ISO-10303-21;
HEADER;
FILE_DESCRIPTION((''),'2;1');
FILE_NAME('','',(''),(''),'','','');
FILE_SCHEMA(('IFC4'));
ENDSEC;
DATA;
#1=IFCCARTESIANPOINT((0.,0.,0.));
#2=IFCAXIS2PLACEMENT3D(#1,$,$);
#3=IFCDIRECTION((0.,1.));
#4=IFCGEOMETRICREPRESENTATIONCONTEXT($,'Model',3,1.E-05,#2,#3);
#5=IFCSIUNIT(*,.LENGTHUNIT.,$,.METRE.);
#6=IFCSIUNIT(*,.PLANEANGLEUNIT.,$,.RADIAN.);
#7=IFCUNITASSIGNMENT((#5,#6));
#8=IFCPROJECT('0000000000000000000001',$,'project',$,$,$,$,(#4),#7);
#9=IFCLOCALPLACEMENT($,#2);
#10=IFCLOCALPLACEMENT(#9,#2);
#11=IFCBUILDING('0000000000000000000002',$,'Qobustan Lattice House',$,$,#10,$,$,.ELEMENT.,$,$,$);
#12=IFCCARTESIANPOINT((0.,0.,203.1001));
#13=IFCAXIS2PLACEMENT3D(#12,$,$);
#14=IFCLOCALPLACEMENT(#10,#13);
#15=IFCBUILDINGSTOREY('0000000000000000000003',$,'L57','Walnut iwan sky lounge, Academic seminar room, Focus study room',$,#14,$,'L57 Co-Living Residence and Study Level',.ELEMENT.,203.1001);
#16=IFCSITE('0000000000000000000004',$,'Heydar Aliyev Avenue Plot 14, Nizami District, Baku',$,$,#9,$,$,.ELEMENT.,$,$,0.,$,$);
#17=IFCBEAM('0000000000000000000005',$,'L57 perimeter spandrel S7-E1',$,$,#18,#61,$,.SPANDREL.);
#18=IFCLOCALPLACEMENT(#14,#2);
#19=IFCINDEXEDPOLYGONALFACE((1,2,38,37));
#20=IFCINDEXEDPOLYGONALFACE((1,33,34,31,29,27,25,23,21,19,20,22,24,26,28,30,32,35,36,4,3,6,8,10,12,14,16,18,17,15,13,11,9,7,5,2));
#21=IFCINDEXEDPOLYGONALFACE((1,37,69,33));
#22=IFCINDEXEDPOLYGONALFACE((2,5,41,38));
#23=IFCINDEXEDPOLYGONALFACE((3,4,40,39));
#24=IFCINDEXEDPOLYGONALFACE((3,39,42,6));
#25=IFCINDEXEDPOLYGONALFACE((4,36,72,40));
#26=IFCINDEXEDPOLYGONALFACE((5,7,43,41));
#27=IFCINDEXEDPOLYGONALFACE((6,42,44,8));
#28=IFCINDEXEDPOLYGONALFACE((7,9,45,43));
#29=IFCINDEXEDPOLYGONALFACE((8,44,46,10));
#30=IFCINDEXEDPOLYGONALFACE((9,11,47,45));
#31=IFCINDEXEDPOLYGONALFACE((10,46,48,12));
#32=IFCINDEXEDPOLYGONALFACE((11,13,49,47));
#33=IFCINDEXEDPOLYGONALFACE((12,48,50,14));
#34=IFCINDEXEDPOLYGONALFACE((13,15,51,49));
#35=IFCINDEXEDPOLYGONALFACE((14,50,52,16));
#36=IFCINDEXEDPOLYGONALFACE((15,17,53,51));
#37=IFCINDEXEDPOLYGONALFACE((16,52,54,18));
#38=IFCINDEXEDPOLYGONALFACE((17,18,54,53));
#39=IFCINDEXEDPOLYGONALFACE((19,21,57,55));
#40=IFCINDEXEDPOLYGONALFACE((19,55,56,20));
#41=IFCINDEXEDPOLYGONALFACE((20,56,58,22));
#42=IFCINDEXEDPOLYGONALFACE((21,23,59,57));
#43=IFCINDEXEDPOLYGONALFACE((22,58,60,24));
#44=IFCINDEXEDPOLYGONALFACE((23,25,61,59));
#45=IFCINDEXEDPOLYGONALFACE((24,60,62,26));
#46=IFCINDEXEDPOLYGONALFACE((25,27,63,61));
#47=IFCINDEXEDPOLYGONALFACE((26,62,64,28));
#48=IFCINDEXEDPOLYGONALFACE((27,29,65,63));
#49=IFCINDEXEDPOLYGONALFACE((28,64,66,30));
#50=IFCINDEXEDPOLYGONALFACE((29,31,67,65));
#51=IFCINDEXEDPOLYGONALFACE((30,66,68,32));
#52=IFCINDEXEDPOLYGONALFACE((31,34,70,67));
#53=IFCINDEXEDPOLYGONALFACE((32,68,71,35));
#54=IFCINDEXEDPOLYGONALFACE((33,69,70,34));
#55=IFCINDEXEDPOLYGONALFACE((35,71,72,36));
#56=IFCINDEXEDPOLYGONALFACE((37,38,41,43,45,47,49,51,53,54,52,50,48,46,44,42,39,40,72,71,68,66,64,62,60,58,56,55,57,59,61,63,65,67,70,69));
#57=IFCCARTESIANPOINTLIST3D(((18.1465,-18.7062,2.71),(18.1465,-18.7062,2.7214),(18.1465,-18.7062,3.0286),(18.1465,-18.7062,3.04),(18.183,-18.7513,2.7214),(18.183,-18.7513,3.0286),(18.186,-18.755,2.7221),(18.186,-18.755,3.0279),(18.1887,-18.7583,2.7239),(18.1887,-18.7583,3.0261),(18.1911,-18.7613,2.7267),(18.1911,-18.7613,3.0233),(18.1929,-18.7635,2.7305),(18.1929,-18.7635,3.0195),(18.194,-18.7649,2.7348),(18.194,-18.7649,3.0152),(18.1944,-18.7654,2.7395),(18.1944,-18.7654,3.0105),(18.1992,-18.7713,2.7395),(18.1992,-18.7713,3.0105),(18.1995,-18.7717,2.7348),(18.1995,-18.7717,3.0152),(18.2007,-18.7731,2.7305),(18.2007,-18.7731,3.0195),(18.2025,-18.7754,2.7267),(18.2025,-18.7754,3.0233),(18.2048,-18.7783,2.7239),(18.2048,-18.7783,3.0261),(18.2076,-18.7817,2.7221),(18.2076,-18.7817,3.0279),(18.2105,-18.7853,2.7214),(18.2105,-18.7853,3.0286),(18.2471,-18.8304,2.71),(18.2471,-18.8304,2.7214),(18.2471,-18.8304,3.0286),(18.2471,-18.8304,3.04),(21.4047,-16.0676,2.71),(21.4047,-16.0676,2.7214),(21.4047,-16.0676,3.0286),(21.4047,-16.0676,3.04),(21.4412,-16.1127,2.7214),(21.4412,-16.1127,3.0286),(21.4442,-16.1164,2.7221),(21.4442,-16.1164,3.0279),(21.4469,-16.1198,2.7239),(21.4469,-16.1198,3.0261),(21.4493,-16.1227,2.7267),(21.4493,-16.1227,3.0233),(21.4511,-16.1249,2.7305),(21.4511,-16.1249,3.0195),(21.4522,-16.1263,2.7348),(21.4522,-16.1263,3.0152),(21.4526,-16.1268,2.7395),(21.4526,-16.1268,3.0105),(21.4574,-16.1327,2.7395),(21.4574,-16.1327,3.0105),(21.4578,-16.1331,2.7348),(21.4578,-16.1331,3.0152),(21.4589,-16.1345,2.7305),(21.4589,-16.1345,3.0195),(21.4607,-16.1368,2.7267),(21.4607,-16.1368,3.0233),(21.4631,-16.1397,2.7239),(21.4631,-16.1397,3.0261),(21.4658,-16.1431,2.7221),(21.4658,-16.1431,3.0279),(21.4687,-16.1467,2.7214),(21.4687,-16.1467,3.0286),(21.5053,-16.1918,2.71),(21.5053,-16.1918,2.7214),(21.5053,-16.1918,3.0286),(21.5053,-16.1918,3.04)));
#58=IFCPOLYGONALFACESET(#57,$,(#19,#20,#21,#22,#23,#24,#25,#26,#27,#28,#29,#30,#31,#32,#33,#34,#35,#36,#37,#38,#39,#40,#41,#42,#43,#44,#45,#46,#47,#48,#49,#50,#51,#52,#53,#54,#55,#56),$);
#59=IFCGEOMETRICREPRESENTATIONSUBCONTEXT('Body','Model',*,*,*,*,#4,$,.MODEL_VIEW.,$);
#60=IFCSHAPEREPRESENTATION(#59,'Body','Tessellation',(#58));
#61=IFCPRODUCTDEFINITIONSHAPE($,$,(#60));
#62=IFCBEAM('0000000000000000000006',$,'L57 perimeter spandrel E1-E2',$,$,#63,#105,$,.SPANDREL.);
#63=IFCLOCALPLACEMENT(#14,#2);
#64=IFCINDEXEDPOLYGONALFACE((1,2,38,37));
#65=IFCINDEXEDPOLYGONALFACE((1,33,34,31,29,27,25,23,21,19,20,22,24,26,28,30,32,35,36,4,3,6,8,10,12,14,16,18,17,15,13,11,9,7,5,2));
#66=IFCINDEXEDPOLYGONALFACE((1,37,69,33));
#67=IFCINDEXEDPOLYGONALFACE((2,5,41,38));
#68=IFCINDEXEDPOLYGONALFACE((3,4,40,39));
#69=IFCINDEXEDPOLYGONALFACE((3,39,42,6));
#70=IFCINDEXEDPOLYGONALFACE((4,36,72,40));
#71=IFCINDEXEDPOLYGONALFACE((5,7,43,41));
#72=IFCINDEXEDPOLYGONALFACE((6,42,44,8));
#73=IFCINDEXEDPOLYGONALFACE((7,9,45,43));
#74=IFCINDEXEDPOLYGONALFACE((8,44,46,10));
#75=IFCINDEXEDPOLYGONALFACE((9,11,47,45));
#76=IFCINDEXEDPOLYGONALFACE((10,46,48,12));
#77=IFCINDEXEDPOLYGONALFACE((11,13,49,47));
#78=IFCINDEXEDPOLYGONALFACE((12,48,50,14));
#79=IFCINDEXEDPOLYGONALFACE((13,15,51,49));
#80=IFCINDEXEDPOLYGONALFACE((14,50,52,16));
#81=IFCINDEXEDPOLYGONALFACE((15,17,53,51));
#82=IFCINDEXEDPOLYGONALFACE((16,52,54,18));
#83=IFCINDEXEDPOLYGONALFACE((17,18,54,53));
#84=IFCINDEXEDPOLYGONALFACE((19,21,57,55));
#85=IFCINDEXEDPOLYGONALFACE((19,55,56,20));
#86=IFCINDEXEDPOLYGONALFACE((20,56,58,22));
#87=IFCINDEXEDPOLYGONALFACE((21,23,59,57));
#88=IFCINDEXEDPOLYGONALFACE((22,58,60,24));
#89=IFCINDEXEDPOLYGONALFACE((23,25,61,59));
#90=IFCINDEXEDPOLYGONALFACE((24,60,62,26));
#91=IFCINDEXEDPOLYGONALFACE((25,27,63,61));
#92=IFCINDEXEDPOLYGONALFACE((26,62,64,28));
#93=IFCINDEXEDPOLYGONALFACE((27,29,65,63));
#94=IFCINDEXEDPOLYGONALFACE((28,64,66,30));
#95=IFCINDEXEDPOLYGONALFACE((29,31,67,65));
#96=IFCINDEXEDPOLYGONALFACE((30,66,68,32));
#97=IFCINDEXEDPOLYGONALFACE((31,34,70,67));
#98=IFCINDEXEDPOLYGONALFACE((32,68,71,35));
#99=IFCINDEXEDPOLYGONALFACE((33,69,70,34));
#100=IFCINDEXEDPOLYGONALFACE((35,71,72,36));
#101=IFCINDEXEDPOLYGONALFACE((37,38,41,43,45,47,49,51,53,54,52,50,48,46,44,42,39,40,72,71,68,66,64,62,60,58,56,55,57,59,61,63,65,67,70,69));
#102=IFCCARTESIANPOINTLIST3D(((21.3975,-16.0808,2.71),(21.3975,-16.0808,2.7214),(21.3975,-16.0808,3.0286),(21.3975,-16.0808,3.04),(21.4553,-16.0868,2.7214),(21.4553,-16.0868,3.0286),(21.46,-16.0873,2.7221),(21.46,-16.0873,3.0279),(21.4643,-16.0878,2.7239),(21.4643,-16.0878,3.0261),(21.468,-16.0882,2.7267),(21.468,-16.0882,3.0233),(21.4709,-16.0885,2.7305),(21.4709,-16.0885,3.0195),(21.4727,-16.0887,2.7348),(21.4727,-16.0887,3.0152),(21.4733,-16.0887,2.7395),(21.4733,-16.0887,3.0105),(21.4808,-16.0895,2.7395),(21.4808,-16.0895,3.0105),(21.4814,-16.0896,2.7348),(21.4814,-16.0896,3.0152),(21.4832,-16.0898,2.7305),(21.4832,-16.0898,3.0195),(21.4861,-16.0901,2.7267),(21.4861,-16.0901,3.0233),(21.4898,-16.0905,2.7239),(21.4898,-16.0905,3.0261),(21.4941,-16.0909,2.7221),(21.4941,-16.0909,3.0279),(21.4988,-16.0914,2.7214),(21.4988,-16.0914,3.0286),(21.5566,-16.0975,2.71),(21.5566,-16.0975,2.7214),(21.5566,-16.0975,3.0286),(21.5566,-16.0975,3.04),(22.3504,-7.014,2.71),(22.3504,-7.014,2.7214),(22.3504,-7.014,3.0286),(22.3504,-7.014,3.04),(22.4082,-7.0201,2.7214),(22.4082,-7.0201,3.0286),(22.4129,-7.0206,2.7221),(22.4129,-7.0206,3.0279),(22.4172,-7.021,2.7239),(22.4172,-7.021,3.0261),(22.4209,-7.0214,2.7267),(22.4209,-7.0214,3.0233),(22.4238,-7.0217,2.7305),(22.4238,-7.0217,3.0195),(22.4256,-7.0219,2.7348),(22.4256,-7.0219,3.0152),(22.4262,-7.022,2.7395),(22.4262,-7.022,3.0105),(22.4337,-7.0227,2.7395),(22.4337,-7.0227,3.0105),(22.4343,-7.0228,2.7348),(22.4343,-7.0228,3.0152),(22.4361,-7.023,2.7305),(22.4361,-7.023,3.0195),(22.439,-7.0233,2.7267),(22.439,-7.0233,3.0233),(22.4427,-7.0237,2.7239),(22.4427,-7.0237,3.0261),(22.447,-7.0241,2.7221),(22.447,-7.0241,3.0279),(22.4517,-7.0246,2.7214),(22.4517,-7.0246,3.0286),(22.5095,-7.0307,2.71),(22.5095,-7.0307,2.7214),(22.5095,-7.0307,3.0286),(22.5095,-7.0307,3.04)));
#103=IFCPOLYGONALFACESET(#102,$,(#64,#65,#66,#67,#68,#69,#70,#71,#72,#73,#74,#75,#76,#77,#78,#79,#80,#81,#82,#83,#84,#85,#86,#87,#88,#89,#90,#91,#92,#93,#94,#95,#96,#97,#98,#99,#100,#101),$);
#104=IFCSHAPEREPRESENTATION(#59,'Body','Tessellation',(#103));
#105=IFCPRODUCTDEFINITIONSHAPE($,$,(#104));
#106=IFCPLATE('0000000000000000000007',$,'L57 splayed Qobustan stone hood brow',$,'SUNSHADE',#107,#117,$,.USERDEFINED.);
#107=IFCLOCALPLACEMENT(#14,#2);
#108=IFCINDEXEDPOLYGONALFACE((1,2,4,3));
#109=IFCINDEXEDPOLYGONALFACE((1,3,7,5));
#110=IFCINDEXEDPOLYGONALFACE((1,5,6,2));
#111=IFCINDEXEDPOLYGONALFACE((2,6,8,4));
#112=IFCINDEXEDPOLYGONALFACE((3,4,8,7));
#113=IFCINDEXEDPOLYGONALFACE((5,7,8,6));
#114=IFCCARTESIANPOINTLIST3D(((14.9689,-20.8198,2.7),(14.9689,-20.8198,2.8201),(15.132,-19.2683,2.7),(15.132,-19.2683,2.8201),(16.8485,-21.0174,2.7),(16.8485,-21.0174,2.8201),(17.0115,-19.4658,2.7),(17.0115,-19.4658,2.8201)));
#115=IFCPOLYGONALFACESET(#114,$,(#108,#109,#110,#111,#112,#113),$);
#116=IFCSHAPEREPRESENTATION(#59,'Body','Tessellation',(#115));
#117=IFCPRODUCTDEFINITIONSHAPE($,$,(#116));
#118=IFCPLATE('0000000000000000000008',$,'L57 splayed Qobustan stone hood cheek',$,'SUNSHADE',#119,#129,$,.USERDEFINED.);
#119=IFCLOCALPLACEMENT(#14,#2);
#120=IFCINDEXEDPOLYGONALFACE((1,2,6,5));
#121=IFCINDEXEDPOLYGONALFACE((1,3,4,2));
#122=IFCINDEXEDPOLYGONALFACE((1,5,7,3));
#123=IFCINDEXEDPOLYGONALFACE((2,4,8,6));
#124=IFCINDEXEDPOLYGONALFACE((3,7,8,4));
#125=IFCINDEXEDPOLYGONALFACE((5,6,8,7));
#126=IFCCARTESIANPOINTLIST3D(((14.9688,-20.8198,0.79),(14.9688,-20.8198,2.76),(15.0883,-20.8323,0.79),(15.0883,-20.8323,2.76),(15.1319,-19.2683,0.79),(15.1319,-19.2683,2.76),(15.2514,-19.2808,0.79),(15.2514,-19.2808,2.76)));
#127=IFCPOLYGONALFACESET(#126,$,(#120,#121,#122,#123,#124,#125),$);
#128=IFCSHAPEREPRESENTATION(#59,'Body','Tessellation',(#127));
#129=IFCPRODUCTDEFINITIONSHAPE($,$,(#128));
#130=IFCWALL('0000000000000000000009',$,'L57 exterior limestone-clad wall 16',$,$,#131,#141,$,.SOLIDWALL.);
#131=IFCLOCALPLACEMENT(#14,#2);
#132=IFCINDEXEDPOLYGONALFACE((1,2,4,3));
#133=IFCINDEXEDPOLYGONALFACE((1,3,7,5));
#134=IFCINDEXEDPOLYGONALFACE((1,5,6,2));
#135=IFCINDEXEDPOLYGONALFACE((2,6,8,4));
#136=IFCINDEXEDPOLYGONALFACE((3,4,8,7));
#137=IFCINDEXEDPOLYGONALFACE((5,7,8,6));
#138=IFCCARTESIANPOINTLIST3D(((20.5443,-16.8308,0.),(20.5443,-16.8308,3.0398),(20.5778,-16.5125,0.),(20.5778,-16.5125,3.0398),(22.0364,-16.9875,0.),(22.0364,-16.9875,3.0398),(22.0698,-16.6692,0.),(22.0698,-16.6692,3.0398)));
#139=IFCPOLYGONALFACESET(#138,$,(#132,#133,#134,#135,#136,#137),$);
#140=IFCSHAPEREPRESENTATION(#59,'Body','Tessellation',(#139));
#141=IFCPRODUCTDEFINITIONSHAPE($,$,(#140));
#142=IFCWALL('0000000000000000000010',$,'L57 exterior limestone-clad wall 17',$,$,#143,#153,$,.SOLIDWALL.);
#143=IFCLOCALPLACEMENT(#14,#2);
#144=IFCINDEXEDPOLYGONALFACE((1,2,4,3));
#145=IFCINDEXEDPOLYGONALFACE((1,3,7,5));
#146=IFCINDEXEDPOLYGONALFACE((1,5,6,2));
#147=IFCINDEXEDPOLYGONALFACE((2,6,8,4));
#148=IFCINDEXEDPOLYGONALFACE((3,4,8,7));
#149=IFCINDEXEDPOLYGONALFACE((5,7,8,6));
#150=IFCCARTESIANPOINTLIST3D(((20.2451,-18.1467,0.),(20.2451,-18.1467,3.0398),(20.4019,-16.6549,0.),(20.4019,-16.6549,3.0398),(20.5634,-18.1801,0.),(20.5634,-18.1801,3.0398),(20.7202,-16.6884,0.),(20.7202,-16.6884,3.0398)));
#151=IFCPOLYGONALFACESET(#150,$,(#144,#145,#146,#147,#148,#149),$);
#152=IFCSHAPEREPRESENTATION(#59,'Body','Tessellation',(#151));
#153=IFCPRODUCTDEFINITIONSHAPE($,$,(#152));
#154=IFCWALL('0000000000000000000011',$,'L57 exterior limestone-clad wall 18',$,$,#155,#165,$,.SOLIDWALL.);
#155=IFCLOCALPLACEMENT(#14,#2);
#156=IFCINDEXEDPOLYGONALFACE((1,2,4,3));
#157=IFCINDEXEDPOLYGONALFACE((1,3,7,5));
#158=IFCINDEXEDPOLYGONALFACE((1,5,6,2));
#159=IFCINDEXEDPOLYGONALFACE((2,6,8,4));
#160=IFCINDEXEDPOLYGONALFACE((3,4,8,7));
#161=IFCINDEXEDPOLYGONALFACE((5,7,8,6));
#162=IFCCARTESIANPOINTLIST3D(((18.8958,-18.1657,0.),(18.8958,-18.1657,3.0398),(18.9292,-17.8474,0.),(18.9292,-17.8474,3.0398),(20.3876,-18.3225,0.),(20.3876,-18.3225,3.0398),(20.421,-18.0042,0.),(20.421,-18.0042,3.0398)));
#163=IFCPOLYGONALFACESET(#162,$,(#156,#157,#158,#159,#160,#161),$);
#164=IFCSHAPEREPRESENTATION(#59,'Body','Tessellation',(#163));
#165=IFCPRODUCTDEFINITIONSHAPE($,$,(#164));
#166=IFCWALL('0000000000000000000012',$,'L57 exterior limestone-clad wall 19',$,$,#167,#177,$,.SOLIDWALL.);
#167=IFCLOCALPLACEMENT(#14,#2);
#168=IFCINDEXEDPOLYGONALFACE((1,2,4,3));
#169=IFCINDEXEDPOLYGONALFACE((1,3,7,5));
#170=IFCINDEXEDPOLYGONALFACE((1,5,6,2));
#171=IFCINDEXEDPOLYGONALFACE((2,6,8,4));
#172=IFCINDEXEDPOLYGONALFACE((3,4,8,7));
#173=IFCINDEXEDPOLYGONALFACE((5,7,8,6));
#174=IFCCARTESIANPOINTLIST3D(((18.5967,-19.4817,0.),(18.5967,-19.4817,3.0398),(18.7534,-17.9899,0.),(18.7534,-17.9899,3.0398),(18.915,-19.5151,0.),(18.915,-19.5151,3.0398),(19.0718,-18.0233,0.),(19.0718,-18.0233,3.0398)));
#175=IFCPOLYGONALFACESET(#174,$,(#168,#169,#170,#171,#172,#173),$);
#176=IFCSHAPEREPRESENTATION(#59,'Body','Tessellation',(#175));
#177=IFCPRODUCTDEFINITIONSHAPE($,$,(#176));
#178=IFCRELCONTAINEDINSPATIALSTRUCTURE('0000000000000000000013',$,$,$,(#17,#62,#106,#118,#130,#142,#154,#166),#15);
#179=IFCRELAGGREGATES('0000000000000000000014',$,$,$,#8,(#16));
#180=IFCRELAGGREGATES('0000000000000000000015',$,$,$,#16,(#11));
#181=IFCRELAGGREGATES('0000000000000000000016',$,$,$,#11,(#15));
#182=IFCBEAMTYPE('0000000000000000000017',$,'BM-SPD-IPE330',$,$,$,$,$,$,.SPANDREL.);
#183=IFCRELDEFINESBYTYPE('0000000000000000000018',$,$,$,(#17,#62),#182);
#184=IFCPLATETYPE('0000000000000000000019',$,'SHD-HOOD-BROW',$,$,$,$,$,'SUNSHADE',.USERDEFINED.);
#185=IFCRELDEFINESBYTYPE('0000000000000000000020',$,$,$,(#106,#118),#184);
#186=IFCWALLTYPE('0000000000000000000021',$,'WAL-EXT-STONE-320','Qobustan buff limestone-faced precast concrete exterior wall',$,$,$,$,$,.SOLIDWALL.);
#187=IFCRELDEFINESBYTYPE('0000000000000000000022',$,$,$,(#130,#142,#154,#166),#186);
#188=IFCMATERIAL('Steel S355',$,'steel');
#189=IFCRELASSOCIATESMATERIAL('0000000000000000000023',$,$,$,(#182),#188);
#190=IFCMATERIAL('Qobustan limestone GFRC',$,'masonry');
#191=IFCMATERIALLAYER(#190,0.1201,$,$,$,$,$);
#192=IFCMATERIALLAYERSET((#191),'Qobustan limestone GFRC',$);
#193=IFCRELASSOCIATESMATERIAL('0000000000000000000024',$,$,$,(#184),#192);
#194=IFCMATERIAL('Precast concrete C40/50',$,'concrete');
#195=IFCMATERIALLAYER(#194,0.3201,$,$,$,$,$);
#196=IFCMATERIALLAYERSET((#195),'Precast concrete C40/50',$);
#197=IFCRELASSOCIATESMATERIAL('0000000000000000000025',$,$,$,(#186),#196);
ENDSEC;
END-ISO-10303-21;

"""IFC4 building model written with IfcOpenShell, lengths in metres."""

from ifc_helpers import new_model, si_unit, direction, frame, frame_2d, origin, origin_2d, place, context, subcontext, project, spatial, rectangle, i_section, extrude, material, layer, layer_set, material_profile, profile_set, type_object, element, save


model = new_model("IFC4")

# Units and contexts
model_context = context("Model", 3, precision=1e-05, world=origin(), true_north=direction((0.0, 1.0)))
body_context = subcontext(model_context, "Body", "Model", "MODEL_VIEW")
ifc_project = project(units=[si_unit("LENGTHUNIT", "METRE"), si_unit("PLANEANGLEUNIT", "RADIAN")], contexts=[model_context])

# Site, building, storey
site_placement = place(None, origin())
site = spatial("IfcSite", under=ifc_project, at=site_placement, Name="Heydar Aliyev Avenue Plot 14, Nizami District, Baku", CompositionType="ELEMENT", RefElevation=0.0)
building_placement = place(site_placement, origin())
building = spatial("IfcBuilding", under=site, at=building_placement, Name="Qobustan Lattice House", CompositionType="ELEMENT")
storey_placement = place(building_placement, frame((0.0, 0.0, 203.1001)))
storey = spatial("IfcBuildingStorey", under=building, at=storey_placement, Name="L57", Description="Walnut iwan sky lounge, Academic seminar room, Focus study room", LongName="L57 Co-Living Residence and Study Level", CompositionType="ELEMENT", Elevation=203.1001)

# Beams
ifc_material_1 = material(Name="Steel S355", Category="steel")
ifc_material_profile_1 = material_profile(ifc_material_1, i_section(OverallWidth=0.1599, OverallDepth=0.3301, WebThickness=0.0076, FlangeThickness=0.0115, FilletRadius=0.0181, at=origin_2d()), Name="IPE330")
ifc_profile_set_1 = profile_set([ifc_material_profile_1], Name="Steel S355")
beam_type_1 = type_object("IfcBeamType", Name="BM-SPD-IPE330", PredefinedType="SPANDREL", material=ifc_profile_set_1)
beam_1_placement = place(storey_placement, frame((18.1968, -18.7683, 2.875), z_axis=(0.777128, 0.629342, 0.0), x_axis=(-0.629342, 0.777128, 0.0)))
element("IfcBeam", 1, at=beam_1_placement, inside=storey, type_object=beam_type_1, Name="L57 perimeter spandrel S7-E1", PredefinedType="SPANDREL", context=body_context, shape_type="SweptSolid", body=[
    extrude(i_section(OverallWidth=0.1599, OverallDepth=0.3301, WebThickness=0.0076, FlangeThickness=0.0115, FilletRadius=0.0181, at=origin_2d()), origin(), (0.0, 0.0, 1.0), 4.1926),
])
beam_2_placement = place(storey_placement, frame((21.4771, -16.0891, 2.875), z_axis=(0.104522, 0.994523, 0.0), x_axis=(-0.994523, 0.104522, 0.0)))
element("IfcBeam", 2, at=beam_2_placement, inside=storey, type_object=beam_type_1, Name="L57 perimeter spandrel E1-E2", PredefinedType="SPANDREL", context=body_context, shape_type="SweptSolid", body=[
    extrude(i_section(OverallWidth=0.1599, OverallDepth=0.3301, WebThickness=0.0076, FlangeThickness=0.0115, FilletRadius=0.0181, at=origin_2d()), origin(), (0.0, 0.0, 1.0), 9.1167),
])

# Plates
ifc_material_2 = material(Name="Qobustan limestone GFRC", Category="masonry")
ifc_layer_1 = layer(ifc_material_2, 0.1201)
ifc_layer_set_1 = layer_set([ifc_layer_1], Name="Qobustan limestone GFRC")
plate_type = type_object("IfcPlateType", Name="SHD-HOOD-BROW", ElementType="SUNSHADE", PredefinedType="USERDEFINED", material=ifc_layer_set_1)
plate_1_placement = place(storey_placement, frame((15.9902, -20.1428, 2.7), z_axis=(0.0, 0.0, 1.0), x_axis=(-0.994522, 0.104528, 0.0)))
element("IfcPlate", 3, at=plate_1_placement, inside=storey, type_object=plate_type, Name="L57 splayed Qobustan stone hood brow", ObjectType="SUNSHADE", PredefinedType="USERDEFINED", context=body_context, shape_type="SweptSolid", body=[
    extrude(rectangle(XDim=1.8899, YDim=1.5601, at=origin_2d()), origin(), (0.0, 0.0, 1.0), 0.1201),
])
plate_2_placement = place(storey_placement, frame((15.1101, -20.0503, 0.79), z_axis=(0.0, 0.0, 1.0), x_axis=(-0.994522, 0.104528, 0.0)))
element("IfcPlate", 4, at=plate_2_placement, inside=storey, type_object=plate_type, Name="L57 splayed Qobustan stone hood cheek", ObjectType="SUNSHADE", PredefinedType="USERDEFINED", context=body_context, shape_type="SweptSolid", body=[
    extrude(rectangle(XDim=0.1201, YDim=1.5601, at=origin_2d()), origin(), (0.0, 0.0, 1.0), 1.97),
])

# Walls
ifc_material_3 = material(Name="Precast concrete C40/50", Category="concrete")
ifc_layer_2 = layer(ifc_material_3, 0.3201)
ifc_layer_set_2 = layer_set([ifc_layer_2], Name="Precast concrete C40/50")
wall_type_1 = type_object("IfcWallType", Name="WAL-EXT-STONE-320", Description="Qobustan buff limestone-faced precast concrete exterior wall", PredefinedType="SOLIDWALL", material=ifc_layer_set_2)
wall_1_placement = place(storey_placement, frame((22.053, -16.8284, 0.0), z_axis=(0.0, 0.0, 1.0), x_axis=(-0.994527, 0.104481, 0.0)))
element("IfcWall", 5, at=wall_1_placement, inside=storey, type_object=wall_type_1, Name="L57 exterior limestone-clad wall 16", PredefinedType="SOLIDWALL", context=body_context, shape_type="SweptSolid", body=[
    extrude(rectangle(XDim=1.5002, YDim=0.3201, at=frame_2d((0.75, 0.0))), origin(), (0.0, 0.0, 1.0), 3.0398),
])
for number, where, z_axis, x_axis, name in (
    (6, (20.561, -16.6716, 0.0), (0.0, 0.0, 1.0), (-0.104498, -0.994525, 0.0), "L57 exterior limestone-clad wall 17"),
    (7, (20.4043, -18.1633, 0.0), (0.0, 0.0, 1.0), (-0.994525, 0.104498, 0.0), "L57 exterior limestone-clad wall 18"),
    (8, (18.9126, -18.0066, 0.0), (0.0, 0.0, 1.0), (-0.104498, -0.994525, 0.0), "L57 exterior limestone-clad wall 19"),
):
    element("IfcWall", number, at=place(storey_placement, frame(where, z_axis=z_axis, x_axis=x_axis)), inside=storey, type_object=wall_type_1, Name=name, PredefinedType="SOLIDWALL", context=body_context, shape_type="SweptSolid", body=[
        extrude(rectangle(XDim=1.5, YDim=0.3201, at=frame_2d((0.75, 0.0))), origin(), (0.0, 0.0, 1.0), 3.0398),
    ])

save(model, "model.ifc")
